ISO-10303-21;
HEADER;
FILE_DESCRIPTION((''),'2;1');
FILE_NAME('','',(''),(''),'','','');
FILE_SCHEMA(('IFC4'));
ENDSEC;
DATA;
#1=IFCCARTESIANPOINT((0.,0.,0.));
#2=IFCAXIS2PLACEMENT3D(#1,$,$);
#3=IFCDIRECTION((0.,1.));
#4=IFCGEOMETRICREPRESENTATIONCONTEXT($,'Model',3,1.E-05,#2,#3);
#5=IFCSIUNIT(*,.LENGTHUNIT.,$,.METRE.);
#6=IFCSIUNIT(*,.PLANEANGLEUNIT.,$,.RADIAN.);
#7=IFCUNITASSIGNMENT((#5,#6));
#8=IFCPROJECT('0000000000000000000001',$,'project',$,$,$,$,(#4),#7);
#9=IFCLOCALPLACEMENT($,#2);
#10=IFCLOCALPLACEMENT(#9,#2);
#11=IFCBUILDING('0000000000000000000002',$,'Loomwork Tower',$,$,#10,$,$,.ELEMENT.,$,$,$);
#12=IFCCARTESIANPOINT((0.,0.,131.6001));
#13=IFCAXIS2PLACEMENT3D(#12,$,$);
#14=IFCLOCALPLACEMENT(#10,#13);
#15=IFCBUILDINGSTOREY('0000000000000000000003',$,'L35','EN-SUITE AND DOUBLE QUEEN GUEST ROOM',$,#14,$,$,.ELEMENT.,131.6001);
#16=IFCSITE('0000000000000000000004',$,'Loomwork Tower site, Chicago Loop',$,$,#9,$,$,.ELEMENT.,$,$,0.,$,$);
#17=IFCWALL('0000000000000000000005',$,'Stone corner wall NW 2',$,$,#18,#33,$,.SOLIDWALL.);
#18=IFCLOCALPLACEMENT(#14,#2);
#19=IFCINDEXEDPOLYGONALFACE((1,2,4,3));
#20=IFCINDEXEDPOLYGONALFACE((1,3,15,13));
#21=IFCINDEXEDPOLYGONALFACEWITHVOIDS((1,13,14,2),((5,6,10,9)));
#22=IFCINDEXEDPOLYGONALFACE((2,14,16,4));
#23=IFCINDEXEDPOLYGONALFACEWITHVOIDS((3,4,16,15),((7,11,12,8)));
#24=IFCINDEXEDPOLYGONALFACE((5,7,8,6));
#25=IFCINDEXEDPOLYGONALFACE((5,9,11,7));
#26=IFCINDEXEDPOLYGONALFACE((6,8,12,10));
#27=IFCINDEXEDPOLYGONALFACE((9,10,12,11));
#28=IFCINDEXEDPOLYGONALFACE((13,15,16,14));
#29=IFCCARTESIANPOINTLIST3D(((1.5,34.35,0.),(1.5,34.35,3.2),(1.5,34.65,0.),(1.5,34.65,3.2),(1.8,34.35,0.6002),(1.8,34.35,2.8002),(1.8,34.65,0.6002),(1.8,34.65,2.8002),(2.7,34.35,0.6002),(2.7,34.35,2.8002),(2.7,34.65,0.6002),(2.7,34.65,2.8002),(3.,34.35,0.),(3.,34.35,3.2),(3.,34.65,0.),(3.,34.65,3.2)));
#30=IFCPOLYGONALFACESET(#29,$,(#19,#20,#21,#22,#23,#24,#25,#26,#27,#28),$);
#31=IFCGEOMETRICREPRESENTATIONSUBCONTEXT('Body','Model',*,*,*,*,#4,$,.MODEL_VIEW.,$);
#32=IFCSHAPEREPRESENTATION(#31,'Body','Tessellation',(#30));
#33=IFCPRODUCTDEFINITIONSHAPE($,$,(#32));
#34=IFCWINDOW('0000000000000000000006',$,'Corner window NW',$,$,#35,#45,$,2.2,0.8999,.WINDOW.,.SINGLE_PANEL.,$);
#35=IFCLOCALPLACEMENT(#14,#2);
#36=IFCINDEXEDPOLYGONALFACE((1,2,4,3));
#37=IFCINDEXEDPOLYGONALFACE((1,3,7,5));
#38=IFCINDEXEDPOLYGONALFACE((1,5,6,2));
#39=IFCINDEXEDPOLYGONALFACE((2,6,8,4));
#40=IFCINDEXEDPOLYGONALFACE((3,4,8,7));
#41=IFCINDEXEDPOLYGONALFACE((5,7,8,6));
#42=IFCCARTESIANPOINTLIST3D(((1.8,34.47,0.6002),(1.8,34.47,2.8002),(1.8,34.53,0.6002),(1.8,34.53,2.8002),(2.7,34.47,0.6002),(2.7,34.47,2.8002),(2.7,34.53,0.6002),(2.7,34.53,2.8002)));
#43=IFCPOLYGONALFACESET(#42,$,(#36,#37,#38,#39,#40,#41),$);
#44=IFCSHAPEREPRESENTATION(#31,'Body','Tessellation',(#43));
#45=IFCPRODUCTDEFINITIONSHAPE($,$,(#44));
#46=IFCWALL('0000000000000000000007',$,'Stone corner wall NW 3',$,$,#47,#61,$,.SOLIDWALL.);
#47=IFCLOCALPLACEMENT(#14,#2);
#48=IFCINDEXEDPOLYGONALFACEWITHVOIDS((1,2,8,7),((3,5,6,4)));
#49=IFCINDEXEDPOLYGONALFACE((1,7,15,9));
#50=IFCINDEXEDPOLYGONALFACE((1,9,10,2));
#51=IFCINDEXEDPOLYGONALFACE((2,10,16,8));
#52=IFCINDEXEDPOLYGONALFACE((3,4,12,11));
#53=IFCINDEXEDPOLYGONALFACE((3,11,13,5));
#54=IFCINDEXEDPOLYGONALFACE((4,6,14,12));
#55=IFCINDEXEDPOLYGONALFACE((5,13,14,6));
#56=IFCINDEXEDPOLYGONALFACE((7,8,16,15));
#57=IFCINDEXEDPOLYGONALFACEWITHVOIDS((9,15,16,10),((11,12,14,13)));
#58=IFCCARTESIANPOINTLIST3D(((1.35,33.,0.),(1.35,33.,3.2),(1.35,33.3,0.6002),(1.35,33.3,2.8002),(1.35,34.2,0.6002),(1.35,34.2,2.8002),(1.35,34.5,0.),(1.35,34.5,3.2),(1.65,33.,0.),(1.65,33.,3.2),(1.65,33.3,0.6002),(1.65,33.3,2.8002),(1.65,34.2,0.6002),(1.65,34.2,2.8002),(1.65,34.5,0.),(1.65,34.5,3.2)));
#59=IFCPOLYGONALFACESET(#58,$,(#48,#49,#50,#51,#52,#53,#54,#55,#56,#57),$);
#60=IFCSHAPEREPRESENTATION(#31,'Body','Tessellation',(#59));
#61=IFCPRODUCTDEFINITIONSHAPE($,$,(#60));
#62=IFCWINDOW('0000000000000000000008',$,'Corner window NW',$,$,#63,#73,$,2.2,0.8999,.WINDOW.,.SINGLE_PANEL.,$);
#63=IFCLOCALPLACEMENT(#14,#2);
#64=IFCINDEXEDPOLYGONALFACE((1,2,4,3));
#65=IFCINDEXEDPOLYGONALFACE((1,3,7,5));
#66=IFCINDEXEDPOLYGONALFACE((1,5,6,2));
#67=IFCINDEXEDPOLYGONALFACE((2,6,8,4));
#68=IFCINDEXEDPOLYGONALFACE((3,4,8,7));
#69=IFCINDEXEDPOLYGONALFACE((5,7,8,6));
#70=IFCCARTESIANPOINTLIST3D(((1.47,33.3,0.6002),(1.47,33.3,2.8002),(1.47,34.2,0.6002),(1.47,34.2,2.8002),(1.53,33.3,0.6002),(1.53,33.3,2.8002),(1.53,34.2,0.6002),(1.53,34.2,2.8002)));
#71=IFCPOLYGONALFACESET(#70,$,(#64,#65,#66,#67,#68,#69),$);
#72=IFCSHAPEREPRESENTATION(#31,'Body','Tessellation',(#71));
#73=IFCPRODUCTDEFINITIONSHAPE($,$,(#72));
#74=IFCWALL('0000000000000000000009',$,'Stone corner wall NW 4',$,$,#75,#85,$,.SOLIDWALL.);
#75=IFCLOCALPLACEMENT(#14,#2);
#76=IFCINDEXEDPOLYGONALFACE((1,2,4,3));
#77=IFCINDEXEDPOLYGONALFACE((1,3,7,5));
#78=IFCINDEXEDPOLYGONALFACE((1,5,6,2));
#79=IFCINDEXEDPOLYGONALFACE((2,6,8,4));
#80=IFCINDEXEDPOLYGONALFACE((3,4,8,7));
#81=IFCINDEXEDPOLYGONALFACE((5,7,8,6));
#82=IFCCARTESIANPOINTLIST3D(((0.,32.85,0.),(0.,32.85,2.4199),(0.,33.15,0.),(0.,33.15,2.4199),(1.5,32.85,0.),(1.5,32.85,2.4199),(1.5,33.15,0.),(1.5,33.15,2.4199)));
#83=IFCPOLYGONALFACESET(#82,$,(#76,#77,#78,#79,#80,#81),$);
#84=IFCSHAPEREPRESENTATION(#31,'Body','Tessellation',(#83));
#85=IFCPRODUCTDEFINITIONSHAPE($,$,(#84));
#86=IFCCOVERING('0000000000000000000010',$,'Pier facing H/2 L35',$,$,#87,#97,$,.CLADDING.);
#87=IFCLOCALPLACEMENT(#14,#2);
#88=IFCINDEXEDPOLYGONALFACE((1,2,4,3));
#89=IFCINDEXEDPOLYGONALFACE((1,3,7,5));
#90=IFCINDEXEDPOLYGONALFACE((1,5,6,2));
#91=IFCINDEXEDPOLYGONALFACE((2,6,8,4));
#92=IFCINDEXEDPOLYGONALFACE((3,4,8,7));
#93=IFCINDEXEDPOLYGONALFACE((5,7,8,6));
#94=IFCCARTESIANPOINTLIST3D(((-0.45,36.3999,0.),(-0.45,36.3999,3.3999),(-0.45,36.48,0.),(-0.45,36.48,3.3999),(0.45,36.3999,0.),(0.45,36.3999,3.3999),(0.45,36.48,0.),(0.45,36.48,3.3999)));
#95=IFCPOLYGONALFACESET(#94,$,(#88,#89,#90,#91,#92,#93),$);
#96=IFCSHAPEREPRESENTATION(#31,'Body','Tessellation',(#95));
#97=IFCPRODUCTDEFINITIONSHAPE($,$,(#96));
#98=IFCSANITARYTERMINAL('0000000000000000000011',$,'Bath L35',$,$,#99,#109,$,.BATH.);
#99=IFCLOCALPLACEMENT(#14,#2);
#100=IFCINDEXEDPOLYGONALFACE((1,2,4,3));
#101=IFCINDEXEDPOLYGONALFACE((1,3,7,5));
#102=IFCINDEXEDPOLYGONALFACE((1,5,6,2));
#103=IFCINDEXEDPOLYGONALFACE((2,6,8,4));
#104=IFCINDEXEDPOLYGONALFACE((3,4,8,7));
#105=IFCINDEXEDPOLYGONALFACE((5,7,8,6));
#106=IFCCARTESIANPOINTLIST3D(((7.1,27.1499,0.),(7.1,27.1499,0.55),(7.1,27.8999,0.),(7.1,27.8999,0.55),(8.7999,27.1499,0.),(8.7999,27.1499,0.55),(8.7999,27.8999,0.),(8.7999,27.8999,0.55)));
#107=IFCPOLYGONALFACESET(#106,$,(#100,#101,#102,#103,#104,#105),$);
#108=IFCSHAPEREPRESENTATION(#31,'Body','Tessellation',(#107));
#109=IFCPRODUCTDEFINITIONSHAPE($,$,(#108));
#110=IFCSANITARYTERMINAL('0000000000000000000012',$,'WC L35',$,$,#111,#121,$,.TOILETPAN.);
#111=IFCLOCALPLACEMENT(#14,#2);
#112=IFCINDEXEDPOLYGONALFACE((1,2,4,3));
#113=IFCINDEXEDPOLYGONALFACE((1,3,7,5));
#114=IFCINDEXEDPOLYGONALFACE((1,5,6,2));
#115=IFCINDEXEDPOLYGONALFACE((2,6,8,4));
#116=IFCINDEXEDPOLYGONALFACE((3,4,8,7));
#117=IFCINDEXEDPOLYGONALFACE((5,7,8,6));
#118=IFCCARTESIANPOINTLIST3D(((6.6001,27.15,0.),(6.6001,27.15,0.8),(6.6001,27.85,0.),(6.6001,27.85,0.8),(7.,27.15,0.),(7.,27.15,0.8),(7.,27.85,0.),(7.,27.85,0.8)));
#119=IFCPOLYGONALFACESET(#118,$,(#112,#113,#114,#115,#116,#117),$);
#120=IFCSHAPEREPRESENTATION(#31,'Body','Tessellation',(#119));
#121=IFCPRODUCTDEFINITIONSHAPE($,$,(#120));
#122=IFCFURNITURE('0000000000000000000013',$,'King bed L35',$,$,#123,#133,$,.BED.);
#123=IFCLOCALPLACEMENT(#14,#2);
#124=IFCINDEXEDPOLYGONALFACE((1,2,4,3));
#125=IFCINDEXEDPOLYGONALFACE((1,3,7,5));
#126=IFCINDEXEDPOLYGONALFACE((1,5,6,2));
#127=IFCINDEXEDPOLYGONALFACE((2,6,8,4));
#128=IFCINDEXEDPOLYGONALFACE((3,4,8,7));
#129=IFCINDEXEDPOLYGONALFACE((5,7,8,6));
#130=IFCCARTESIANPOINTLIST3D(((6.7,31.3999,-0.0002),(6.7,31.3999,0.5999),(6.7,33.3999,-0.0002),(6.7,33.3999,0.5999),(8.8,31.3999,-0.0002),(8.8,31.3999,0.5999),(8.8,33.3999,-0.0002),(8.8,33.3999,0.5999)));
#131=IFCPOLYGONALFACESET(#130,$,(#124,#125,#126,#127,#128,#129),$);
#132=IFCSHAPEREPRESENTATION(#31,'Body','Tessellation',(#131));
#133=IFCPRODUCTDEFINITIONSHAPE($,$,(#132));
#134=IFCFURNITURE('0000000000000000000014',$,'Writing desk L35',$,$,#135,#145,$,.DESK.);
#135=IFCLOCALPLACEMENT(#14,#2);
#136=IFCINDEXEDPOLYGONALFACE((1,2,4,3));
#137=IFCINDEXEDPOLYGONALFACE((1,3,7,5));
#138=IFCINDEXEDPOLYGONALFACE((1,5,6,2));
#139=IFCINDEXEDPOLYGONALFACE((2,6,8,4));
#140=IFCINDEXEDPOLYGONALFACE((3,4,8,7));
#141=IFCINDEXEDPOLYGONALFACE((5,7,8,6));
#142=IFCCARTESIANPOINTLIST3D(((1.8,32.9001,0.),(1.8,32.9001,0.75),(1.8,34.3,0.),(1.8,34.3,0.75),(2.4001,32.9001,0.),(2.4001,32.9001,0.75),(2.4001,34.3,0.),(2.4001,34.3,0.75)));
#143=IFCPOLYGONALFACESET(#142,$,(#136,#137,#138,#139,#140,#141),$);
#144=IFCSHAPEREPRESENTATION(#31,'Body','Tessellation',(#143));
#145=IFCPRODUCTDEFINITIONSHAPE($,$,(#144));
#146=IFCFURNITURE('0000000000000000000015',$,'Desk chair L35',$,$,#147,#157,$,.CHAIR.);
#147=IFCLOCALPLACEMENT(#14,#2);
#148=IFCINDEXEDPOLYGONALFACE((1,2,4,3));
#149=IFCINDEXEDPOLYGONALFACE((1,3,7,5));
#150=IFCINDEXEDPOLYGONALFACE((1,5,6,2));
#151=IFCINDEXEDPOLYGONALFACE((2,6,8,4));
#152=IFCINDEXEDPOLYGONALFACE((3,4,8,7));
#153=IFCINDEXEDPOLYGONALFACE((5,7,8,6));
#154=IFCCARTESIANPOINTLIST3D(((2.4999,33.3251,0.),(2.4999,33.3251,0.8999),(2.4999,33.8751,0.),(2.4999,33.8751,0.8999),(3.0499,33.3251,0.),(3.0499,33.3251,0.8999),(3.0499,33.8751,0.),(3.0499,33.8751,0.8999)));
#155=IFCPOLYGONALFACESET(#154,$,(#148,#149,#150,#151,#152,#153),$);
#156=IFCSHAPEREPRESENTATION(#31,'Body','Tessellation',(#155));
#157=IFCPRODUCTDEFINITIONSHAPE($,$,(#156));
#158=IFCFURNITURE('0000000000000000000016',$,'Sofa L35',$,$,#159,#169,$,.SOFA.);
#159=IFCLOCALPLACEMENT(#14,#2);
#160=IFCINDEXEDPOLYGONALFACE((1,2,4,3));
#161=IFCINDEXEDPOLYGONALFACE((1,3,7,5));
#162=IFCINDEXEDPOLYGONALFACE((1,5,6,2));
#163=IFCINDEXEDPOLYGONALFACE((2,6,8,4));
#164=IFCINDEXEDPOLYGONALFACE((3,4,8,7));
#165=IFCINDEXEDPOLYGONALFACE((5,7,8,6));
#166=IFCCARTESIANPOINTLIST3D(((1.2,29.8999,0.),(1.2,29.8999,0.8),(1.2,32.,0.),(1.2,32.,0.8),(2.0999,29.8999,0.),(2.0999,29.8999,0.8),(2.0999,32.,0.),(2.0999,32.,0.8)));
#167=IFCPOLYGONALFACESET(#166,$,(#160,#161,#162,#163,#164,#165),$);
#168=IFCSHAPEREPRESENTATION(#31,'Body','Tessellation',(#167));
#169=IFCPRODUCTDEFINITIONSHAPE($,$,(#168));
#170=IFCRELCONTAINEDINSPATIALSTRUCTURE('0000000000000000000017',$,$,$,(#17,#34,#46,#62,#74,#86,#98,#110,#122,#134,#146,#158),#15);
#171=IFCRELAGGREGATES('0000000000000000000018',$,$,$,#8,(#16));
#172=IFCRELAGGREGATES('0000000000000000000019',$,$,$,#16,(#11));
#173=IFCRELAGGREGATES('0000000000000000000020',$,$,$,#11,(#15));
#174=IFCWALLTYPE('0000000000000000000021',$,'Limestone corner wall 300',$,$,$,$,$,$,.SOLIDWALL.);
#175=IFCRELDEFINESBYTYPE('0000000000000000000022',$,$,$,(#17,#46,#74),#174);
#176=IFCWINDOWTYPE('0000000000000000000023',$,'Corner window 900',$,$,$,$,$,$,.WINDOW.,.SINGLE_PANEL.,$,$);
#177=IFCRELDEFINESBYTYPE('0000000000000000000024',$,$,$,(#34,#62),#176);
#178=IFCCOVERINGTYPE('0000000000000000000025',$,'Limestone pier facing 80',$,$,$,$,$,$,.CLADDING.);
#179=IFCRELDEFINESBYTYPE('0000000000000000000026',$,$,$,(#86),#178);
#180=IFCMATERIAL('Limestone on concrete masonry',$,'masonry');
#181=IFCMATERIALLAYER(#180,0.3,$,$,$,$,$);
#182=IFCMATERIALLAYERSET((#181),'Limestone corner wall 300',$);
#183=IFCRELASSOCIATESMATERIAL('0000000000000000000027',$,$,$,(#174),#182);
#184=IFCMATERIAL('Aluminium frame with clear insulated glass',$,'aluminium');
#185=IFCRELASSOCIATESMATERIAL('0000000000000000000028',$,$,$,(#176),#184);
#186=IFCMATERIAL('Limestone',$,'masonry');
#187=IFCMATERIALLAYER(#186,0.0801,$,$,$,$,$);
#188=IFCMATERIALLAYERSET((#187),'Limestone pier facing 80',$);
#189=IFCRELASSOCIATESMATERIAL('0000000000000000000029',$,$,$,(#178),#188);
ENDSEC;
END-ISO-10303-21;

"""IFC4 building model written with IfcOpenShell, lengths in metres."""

from ifc_helpers import new_model, si_unit, direction, frame, frame_2d, origin, origin_2d, place, context, subcontext, project, spatial, rectangle, extrude, material, layer, layer_set, type_object, element, fill, save


model = new_model("IFC4")

# Units and contexts
model_context = context("Model", 3, precision=1e-05, world=origin(), true_north=direction((0.0, 1.0)))
body_context = subcontext(model_context, "Body", "Model", "MODEL_VIEW")
ifc_project = project(units=[si_unit("LENGTHUNIT", "METRE"), si_unit("PLANEANGLEUNIT", "RADIAN")], contexts=[model_context])

# Site, building, storey
site_placement = place(None, origin())
site = spatial("IfcSite", under=ifc_project, at=site_placement, Name="Loomwork Tower site, Chicago Loop", CompositionType="ELEMENT", RefElevation=0.0)
building_placement = place(site_placement, origin())
building = spatial("IfcBuilding", under=site, at=building_placement, Name="Loomwork Tower", CompositionType="ELEMENT")
storey_placement = place(building_placement, frame((0.0, 0.0, 131.6001)))
storey = spatial("IfcBuildingStorey", under=building, at=storey_placement, Name="L35", Description="EN-SUITE AND DOUBLE QUEEN GUEST ROOM", CompositionType="ELEMENT", Elevation=131.6001)

# Shared definitions
ifc_material_1 = material(Name="Limestone on concrete masonry", Category="masonry")
ifc_layer_1 = layer(ifc_material_1, 0.3)
ifc_layer_set_1 = layer_set([ifc_layer_1], Name="Limestone corner wall 300")
wall_type_1 = type_object("IfcWallType", Name="Limestone corner wall 300", PredefinedType="SOLIDWALL", material=ifc_layer_set_1)

# Walls, openings, windows
wall_1_placement = place(storey_placement, frame((3.0, 34.5, 0.0), z_axis=(0.0, 0.0, 1.0), x_axis=(-1.0, 0.0, 0.0)))
wall_1 = element("IfcWall", 1, at=wall_1_placement, inside=storey, type_object=wall_type_1, Name="Stone corner wall NW 2", PredefinedType="SOLIDWALL", context=body_context, shape_type="SweptSolid", body=[
    extrude(rectangle(XDim=1.5, YDim=0.3, at=frame_2d((0.75, 0.0))), origin(), (0.0, 0.0, 1.0), 3.2),
])
opening_1_placement = place(wall_1_placement, frame((0.3, 0.0, 0.6001)))
opening_1 = element("IfcOpeningElement", 2, at=opening_1_placement, cuts=wall_1, PredefinedType="OPENING", context=body_context, shape_type="SweptSolid", body=[
    extrude(rectangle(XDim=0.8999, YDim=2.2, at=frame_2d((0.45, 1.1001))), frame((0.0, 0.1599, 0.0), z_axis=(0.0, -1.0, 0.0), x_axis=(1.0, 0.0, 0.0)), (0.0, 0.0, 1.0), 0.3201),
])
ifc_material_2 = material(Name="Aluminium frame with clear insulated glass", Category="aluminium")
window_type_1 = type_object("IfcWindowType", Name="Corner window 900", PartitioningType="SINGLE_PANEL", PredefinedType="WINDOW", material=ifc_material_2)
window_1_placement = place(opening_1_placement, origin())
window_1 = element("IfcWindow", 3, at=window_1_placement, inside=storey, type_object=window_type_1, Name="Corner window NW", OverallHeight=2.2, OverallWidth=0.8999, PartitioningType="SINGLE_PANEL", PredefinedType="WINDOW", context=body_context, shape_type="SweptSolid", body=[
    extrude(rectangle(XDim=0.8999, YDim=2.2, at=frame_2d((0.45, 1.1001))), frame((0.0, 0.03, 0.0), z_axis=(0.0, -1.0, 0.0), x_axis=(1.0, 0.0, 0.0)), (0.0, 0.0, 1.0), 0.0601),
])
fill(opening_1, window_1)
wall_2_placement = place(storey_placement, frame((1.5, 34.5, 0.0), z_axis=(0.0, 0.0, 1.0), x_axis=(0.0, -1.0, 0.0)))
wall_2 = element("IfcWall", 4, at=wall_2_placement, inside=storey, type_object=wall_type_1, Name="Stone corner wall NW 3", PredefinedType="SOLIDWALL", context=body_context, shape_type="SweptSolid", body=[
    extrude(rectangle(XDim=1.5, YDim=0.3, at=frame_2d((0.75, 0.0))), origin(), (0.0, 0.0, 1.0), 3.2),
])
opening_2_placement = place(wall_2_placement, frame((0.3, 0.0, 0.6001)))
opening_2 = element("IfcOpeningElement", 5, at=opening_2_placement, cuts=wall_2, PredefinedType="OPENING", context=body_context, shape_type="SweptSolid", body=[
    extrude(rectangle(XDim=0.8999, YDim=2.2, at=frame_2d((0.45, 1.1001))), frame((0.0, 0.1599, 0.0), z_axis=(0.0, -1.0, 0.0), x_axis=(1.0, 0.0, 0.0)), (0.0, 0.0, 1.0), 0.3201),
])
window_2_placement = place(opening_2_placement, origin())
window_2 = element("IfcWindow", 6, at=window_2_placement, inside=storey, type_object=window_type_1, Name="Corner window NW", OverallHeight=2.2, OverallWidth=0.8999, PartitioningType="SINGLE_PANEL", PredefinedType="WINDOW", context=body_context, shape_type="SweptSolid", body=[
    extrude(rectangle(XDim=0.8999, YDim=2.2, at=frame_2d((0.45, 1.1001))), frame((0.0, 0.03, 0.0), z_axis=(0.0, -1.0, 0.0), x_axis=(1.0, 0.0, 0.0)), (0.0, 0.0, 1.0), 0.0601),
])
fill(opening_2, window_2)

# Wall
wall_3_placement = place(storey_placement, frame((1.5, 33.0, 0.0), z_axis=(0.0, 0.0, 1.0), x_axis=(-1.0, 0.0, 0.0)))
element("IfcWall", 7, at=wall_3_placement, inside=storey, type_object=wall_type_1, Name="Stone corner wall NW 4", PredefinedType="SOLIDWALL", context=body_context, shape_type="SweptSolid", body=[
    extrude(rectangle(XDim=1.5, YDim=0.3, at=frame_2d((0.75, 0.0))), origin(), (0.0, 0.0, 1.0), 2.4199),
])

# Covering
ifc_material_3 = material(Name="Limestone", Category="masonry")
ifc_layer_2 = layer(ifc_material_3, 0.0801)
ifc_layer_set_2 = layer_set([ifc_layer_2], Name="Limestone pier facing 80")
covering_type = type_object("IfcCoveringType", Name="Limestone pier facing 80", PredefinedType="CLADDING", material=ifc_layer_set_2)
covering_placement = place(storey_placement, frame((0.0, 36.4399, 0.0), z_axis=(0.0, 0.0, 1.0), x_axis=(1.0, 0.0, 0.0)))
element("IfcCovering", 8, at=covering_placement, inside=storey, type_object=covering_type, Name="Pier facing H/2 L35", PredefinedType="CLADDING", context=body_context, shape_type="SweptSolid", body=[
    extrude(rectangle(XDim=0.8999, YDim=0.0801, at=origin_2d()), origin(), (0.0, 0.0, 1.0), 3.3999),
])

# Sanitary terminals
sanitary_terminal_1_placement = place(storey_placement, frame((7.95, 27.5249, 0.0), z_axis=(0.0, 0.0, 1.0), x_axis=(1.0, 0.0, 0.0)))
element("IfcSanitaryTerminal", 9, at=sanitary_terminal_1_placement, inside=storey, Name="Bath L35", PredefinedType="BATH", context=body_context, shape_type="SweptSolid", body=[
    extrude(rectangle(XDim=1.7, YDim=0.75, at=origin_2d()), origin(), (0.0, 0.0, 1.0), 0.55),
])
sanitary_terminal_2_placement = place(storey_placement, frame((6.8, 27.5, 0.0), z_axis=(0.0, 0.0, 1.0), x_axis=(1.0, 0.0, 0.0)))
element("IfcSanitaryTerminal", 10, at=sanitary_terminal_2_placement, inside=storey, Name="WC L35", PredefinedType="TOILETPAN", context=body_context, shape_type="SweptSolid", body=[
    extrude(rectangle(XDim=0.3999, YDim=0.7, at=origin_2d()), origin(), (0.0, 0.0, 1.0), 0.8),
])

# Furniture
furniture_1_placement = place(storey_placement, frame((7.75, 32.3999, -0.0002), z_axis=(0.0, 0.0, 1.0), x_axis=(1.0, 0.0, 0.0)))
element("IfcFurniture", 11, at=furniture_1_placement, inside=storey, Name="King bed L35", PredefinedType="BED", context=body_context, shape_type="SweptSolid", body=[
    extrude(rectangle(XDim=2.1001, YDim=2.0, at=origin_2d()), origin(), (0.0, 0.0, 1.0), 0.6001),
])
furniture_2_placement = place(storey_placement, frame((2.1001, 33.6001, 0.0), z_axis=(0.0, 0.0, 1.0), x_axis=(1.0, 0.0, 0.0)))
element("IfcFurniture", 12, at=furniture_2_placement, inside=storey, Name="Writing desk L35", PredefinedType="DESK", context=body_context, shape_type="SweptSolid", body=[
    extrude(rectangle(XDim=0.6001, YDim=1.3999, at=origin_2d()), origin(), (0.0, 0.0, 1.0), 0.75),
])
furniture_3_placement = place(storey_placement, frame((2.7749, 33.6001, 0.0), z_axis=(0.0, 0.0, 1.0), x_axis=(1.0, 0.0, 0.0)))
element("IfcFurniture", 13, at=furniture_3_placement, inside=storey, Name="Desk chair L35", PredefinedType="CHAIR", context=body_context, shape_type="SweptSolid", body=[
    extrude(rectangle(XDim=0.55, YDim=0.55, at=origin_2d()), origin(), (0.0, 0.0, 1.0), 0.8999),
])
furniture_4_placement = place(storey_placement, frame((1.6499, 30.95, 0.0), z_axis=(0.0, 0.0, 1.0), x_axis=(1.0, 0.0, 0.0)))
element("IfcFurniture", 14, at=furniture_4_placement, inside=storey, Name="Sofa L35", PredefinedType="SOFA", context=body_context, shape_type="SweptSolid", body=[
    extrude(rectangle(XDim=0.8999, YDim=2.1001, at=origin_2d()), origin(), (0.0, 0.0, 1.0), 0.8),
])

save(model, "model.ifc")
